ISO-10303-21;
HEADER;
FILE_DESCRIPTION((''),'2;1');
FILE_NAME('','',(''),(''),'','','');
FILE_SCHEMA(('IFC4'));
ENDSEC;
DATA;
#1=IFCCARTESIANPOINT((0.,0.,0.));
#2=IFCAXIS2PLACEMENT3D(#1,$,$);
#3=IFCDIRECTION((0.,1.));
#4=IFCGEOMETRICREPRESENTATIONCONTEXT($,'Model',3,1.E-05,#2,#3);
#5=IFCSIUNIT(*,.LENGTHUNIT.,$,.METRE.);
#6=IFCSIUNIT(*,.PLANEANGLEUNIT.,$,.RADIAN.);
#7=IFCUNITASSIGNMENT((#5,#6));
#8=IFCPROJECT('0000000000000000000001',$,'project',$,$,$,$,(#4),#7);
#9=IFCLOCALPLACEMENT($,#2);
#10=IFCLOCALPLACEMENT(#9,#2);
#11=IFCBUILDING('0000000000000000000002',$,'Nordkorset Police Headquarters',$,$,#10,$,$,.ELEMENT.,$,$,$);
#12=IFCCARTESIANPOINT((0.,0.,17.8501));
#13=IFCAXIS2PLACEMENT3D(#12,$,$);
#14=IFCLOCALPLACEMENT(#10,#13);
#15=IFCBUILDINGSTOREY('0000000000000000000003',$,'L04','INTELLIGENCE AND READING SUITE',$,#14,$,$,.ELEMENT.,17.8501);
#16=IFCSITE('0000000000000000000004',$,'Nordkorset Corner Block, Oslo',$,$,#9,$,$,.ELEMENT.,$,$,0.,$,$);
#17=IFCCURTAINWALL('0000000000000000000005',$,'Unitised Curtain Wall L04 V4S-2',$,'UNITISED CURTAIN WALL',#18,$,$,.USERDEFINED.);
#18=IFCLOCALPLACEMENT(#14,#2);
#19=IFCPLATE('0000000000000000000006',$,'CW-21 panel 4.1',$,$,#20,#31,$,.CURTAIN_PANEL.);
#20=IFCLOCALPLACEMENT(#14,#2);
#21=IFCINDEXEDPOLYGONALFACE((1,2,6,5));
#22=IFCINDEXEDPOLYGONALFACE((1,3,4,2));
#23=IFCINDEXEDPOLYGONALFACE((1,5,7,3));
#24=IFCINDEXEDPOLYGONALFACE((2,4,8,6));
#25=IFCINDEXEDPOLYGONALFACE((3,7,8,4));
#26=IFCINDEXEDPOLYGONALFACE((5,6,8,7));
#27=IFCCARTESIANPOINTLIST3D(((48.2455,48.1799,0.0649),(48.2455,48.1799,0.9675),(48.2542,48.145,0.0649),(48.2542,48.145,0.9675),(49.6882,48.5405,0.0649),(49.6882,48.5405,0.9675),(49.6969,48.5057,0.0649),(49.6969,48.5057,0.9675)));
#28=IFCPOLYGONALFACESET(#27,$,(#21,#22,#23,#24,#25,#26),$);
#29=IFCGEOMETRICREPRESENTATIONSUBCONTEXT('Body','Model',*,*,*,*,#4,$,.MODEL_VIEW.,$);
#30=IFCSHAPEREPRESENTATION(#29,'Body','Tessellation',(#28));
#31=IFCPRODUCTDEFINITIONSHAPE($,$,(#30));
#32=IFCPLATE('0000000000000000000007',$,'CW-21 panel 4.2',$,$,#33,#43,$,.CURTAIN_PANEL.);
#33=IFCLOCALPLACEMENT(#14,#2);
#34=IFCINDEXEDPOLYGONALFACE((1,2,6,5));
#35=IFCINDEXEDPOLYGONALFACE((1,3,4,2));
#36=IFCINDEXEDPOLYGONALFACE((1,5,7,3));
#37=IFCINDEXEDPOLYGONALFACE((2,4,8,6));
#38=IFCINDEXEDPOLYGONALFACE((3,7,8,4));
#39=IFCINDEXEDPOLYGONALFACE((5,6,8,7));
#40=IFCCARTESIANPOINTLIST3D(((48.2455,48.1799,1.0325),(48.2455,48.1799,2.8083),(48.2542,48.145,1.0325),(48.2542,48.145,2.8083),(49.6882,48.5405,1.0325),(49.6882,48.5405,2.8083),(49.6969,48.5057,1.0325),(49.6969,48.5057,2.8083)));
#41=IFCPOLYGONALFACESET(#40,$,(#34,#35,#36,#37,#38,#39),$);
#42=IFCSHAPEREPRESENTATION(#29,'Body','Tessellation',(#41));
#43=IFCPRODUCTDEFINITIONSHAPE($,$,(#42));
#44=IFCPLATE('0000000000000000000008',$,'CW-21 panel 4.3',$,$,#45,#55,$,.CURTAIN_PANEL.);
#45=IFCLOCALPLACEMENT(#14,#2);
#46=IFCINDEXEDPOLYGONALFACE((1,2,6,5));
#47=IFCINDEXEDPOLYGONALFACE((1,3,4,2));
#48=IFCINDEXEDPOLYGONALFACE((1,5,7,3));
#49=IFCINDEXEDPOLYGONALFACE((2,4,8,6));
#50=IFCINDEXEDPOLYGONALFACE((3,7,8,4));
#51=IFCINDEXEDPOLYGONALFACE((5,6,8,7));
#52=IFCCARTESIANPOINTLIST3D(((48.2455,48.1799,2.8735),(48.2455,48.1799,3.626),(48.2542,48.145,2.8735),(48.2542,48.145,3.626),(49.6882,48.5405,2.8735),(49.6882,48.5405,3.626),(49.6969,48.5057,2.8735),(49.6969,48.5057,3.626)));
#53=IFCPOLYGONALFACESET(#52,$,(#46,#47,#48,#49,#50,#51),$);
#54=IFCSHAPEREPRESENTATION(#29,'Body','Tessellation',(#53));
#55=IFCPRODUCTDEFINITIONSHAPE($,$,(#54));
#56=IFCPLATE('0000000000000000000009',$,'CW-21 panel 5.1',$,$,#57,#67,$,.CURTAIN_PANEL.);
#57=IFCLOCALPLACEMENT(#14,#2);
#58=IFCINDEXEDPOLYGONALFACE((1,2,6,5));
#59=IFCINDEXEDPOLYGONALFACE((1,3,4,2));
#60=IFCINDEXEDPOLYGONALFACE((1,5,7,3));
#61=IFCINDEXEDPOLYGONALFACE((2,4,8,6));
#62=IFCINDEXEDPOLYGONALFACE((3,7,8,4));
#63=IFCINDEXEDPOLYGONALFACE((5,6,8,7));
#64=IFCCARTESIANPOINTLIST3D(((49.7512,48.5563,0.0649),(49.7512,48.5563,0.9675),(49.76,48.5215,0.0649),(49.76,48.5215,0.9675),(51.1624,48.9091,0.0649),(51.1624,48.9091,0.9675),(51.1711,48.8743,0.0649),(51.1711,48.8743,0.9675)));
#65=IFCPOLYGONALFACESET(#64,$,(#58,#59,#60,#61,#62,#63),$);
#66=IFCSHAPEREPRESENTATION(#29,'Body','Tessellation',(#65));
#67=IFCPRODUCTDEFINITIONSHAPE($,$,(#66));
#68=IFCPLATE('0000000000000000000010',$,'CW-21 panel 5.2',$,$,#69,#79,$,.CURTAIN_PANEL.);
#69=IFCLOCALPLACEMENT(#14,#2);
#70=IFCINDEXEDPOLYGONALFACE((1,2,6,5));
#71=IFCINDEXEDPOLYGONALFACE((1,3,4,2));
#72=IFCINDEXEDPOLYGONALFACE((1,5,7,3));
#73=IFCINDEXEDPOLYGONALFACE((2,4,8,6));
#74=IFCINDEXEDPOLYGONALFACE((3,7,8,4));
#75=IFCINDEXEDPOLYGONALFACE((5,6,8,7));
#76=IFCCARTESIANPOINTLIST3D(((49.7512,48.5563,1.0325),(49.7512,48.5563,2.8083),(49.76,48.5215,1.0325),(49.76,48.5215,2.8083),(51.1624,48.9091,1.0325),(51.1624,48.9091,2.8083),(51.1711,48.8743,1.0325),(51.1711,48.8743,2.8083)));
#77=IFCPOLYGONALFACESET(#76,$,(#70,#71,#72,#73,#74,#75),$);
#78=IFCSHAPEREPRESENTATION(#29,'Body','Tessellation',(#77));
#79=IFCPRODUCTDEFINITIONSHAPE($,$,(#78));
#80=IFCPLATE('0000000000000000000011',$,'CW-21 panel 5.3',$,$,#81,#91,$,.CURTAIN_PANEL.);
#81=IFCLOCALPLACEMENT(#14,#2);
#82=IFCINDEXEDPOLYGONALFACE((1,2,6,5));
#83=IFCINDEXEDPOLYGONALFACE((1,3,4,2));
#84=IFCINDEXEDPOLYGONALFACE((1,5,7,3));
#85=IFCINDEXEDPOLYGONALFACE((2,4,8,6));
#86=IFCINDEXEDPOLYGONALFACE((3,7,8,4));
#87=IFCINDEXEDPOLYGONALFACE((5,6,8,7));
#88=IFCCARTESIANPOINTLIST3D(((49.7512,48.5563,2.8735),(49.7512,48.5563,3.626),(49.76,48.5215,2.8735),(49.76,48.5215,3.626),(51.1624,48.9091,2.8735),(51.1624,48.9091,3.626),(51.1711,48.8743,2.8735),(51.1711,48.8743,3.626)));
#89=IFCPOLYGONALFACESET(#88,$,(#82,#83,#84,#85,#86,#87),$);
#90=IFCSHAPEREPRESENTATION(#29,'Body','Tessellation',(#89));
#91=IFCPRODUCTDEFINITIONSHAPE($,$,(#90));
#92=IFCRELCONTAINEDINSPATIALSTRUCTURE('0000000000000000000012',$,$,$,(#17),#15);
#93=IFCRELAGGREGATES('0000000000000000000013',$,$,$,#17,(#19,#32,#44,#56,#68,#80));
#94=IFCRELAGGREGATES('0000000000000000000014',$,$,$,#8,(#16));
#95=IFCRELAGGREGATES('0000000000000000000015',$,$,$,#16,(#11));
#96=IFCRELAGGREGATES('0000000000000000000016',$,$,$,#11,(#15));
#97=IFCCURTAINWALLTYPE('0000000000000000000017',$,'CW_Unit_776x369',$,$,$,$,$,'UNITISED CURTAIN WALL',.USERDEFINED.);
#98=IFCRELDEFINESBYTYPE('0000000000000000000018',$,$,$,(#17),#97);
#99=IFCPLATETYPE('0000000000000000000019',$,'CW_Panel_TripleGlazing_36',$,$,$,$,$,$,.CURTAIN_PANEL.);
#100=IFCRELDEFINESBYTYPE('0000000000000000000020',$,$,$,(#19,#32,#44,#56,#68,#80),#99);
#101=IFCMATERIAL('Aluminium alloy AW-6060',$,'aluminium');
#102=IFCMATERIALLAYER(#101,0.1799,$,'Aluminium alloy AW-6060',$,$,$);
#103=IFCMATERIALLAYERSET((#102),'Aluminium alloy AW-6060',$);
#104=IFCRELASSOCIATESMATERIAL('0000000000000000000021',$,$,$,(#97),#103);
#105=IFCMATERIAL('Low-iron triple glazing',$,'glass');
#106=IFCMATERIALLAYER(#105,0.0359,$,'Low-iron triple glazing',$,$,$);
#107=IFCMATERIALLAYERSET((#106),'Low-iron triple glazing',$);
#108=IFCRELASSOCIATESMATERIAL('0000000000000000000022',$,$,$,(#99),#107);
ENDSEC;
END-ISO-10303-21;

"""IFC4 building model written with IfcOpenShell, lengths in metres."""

from ifc_helpers import new_model, si_unit, direction, frame, origin, origin_2d, place, context, subcontext, project, spatial, rectangle, extrude, material, layer, layer_set, type_object, element, aggregate, save


model = new_model("IFC4")

# Units and contexts
model_context = context("Model", 3, precision=1e-05, world=origin(), true_north=direction((0.0, 1.0)))
body_context = subcontext(model_context, "Body", "Model", "MODEL_VIEW")
ifc_project = project(units=[si_unit("LENGTHUNIT", "METRE"), si_unit("PLANEANGLEUNIT", "RADIAN")], contexts=[model_context])

# Site, building, storey
site_placement = place(None, origin())
site = spatial("IfcSite", under=ifc_project, at=site_placement, Name="Nordkorset Corner Block, Oslo", CompositionType="ELEMENT", RefElevation=0.0)
building_placement = place(site_placement, origin())
building = spatial("IfcBuilding", under=site, at=building_placement, Name="Nordkorset Police Headquarters", CompositionType="ELEMENT")
storey_placement = place(building_placement, frame((0.0, 0.0, 17.8501)))
storey = spatial("IfcBuildingStorey", under=building, at=storey_placement, Name="L04", Description="INTELLIGENCE AND READING SUITE", CompositionType="ELEMENT", Elevation=17.8501)

# Curtain wall, plates
ifc_material_1 = material(Name="Aluminium alloy AW-6060", Category="aluminium")
ifc_layer_1 = layer(ifc_material_1, 0.1799, Name="Aluminium alloy AW-6060")
ifc_layer_set_1 = layer_set([ifc_layer_1], Name="Aluminium alloy AW-6060")
curtain_wall_type = type_object("IfcCurtainWallType", Name="CW_Unit_776x369", ElementType="UNITISED CURTAIN WALL", PredefinedType="USERDEFINED", material=ifc_layer_set_1)
curtain_wall_placement = place(storey_placement, origin())
curtain_wall = element("IfcCurtainWall", 1, at=curtain_wall_placement, inside=storey, type_object=curtain_wall_type, Name="Unitised Curtain Wall L04 V4S-2", ObjectType="UNITISED CURTAIN WALL", PredefinedType="USERDEFINED")
ifc_material_2 = material(Name="Low-iron triple glazing", Category="glass")
ifc_layer_2 = layer(ifc_material_2, 0.0359, Name="Low-iron triple glazing")
ifc_layer_set_2 = layer_set([ifc_layer_2], Name="Low-iron triple glazing")
plate_type = type_object("IfcPlateType", Name="CW_Panel_TripleGlazing_36", PredefinedType="CURTAIN_PANEL", material=ifc_layer_set_2)
plate_1_placement = place(storey_placement, frame((48.9712, 48.3428, 0.0649), z_axis=(0.0, 0.0, 1.0), x_axis=(0.970143, 0.242535, 0.0)))
plate_1 = element("IfcPlate", 2, at=plate_1_placement, type_object=plate_type, Name="CW-21 panel 4.1", PredefinedType="CURTAIN_PANEL", context=body_context, shape_type="SweptSolid", body=[
    extrude(rectangle(XDim=1.4871, YDim=0.0359, at=origin_2d()), origin(), (0.0, 0.0, 1.0), 0.9026),
])
plate_2_placement = place(storey_placement, frame((48.9712, 48.3428, 1.0325), z_axis=(0.0, 0.0, 1.0), x_axis=(0.970143, 0.242535, 0.0)))
plate_2 = element("IfcPlate", 3, at=plate_2_placement, type_object=plate_type, Name="CW-21 panel 4.2", PredefinedType="CURTAIN_PANEL", context=body_context, shape_type="SweptSolid", body=[
    extrude(rectangle(XDim=1.4871, YDim=0.0359, at=origin_2d()), origin(), (0.0, 0.0, 1.0), 1.7759),
])
plate_3_placement = place(storey_placement, frame((48.9712, 48.3428, 2.8735), z_axis=(0.0, 0.0, 1.0), x_axis=(0.970143, 0.242535, 0.0)))
plate_3 = element("IfcPlate", 4, at=plate_3_placement, type_object=plate_type, Name="CW-21 panel 4.3", PredefinedType="CURTAIN_PANEL", context=body_context, shape_type="SweptSolid", body=[
    extrude(rectangle(XDim=1.4871, YDim=0.0359, at=origin_2d()), origin(), (0.0, 0.0, 1.0), 0.7524),
])
plate_4_placement = place(storey_placement, frame((50.4612, 48.7153, 0.0649), z_axis=(0.0, 0.0, 1.0), x_axis=(0.970143, 0.242535, 0.0)))
plate_4 = element("IfcPlate", 5, at=plate_4_placement, type_object=plate_type, Name="CW-21 panel 5.1", PredefinedType="CURTAIN_PANEL", context=body_context, shape_type="SweptSolid", body=[
    extrude(rectangle(XDim=1.4546, YDim=0.0359, at=origin_2d()), origin(), (0.0, 0.0, 1.0), 0.9026),
])
plate_5_placement = place(storey_placement, frame((50.4612, 48.7153, 1.0325), z_axis=(0.0, 0.0, 1.0), x_axis=(0.970143, 0.242535, 0.0)))
plate_5 = element("IfcPlate", 6, at=plate_5_placement, type_object=plate_type, Name="CW-21 panel 5.2", PredefinedType="CURTAIN_PANEL", context=body_context, shape_type="SweptSolid", body=[
    extrude(rectangle(XDim=1.4546, YDim=0.0359, at=origin_2d()), origin(), (0.0, 0.0, 1.0), 1.7759),
])
plate_6_placement = place(storey_placement, frame((50.4612, 48.7153, 2.8735), z_axis=(0.0, 0.0, 1.0), x_axis=(0.970143, 0.242535, 0.0)))
plate_6 = element("IfcPlate", 7, at=plate_6_placement, type_object=plate_type, Name="CW-21 panel 5.3", PredefinedType="CURTAIN_PANEL", context=body_context, shape_type="SweptSolid", body=[
    extrude(rectangle(XDim=1.4546, YDim=0.0359, at=origin_2d()), origin(), (0.0, 0.0, 1.0), 0.7524),
])
aggregate(curtain_wall, [plate_1, plate_2, plate_3, plate_4, plate_5, plate_6])

save(model, "model.ifc")
